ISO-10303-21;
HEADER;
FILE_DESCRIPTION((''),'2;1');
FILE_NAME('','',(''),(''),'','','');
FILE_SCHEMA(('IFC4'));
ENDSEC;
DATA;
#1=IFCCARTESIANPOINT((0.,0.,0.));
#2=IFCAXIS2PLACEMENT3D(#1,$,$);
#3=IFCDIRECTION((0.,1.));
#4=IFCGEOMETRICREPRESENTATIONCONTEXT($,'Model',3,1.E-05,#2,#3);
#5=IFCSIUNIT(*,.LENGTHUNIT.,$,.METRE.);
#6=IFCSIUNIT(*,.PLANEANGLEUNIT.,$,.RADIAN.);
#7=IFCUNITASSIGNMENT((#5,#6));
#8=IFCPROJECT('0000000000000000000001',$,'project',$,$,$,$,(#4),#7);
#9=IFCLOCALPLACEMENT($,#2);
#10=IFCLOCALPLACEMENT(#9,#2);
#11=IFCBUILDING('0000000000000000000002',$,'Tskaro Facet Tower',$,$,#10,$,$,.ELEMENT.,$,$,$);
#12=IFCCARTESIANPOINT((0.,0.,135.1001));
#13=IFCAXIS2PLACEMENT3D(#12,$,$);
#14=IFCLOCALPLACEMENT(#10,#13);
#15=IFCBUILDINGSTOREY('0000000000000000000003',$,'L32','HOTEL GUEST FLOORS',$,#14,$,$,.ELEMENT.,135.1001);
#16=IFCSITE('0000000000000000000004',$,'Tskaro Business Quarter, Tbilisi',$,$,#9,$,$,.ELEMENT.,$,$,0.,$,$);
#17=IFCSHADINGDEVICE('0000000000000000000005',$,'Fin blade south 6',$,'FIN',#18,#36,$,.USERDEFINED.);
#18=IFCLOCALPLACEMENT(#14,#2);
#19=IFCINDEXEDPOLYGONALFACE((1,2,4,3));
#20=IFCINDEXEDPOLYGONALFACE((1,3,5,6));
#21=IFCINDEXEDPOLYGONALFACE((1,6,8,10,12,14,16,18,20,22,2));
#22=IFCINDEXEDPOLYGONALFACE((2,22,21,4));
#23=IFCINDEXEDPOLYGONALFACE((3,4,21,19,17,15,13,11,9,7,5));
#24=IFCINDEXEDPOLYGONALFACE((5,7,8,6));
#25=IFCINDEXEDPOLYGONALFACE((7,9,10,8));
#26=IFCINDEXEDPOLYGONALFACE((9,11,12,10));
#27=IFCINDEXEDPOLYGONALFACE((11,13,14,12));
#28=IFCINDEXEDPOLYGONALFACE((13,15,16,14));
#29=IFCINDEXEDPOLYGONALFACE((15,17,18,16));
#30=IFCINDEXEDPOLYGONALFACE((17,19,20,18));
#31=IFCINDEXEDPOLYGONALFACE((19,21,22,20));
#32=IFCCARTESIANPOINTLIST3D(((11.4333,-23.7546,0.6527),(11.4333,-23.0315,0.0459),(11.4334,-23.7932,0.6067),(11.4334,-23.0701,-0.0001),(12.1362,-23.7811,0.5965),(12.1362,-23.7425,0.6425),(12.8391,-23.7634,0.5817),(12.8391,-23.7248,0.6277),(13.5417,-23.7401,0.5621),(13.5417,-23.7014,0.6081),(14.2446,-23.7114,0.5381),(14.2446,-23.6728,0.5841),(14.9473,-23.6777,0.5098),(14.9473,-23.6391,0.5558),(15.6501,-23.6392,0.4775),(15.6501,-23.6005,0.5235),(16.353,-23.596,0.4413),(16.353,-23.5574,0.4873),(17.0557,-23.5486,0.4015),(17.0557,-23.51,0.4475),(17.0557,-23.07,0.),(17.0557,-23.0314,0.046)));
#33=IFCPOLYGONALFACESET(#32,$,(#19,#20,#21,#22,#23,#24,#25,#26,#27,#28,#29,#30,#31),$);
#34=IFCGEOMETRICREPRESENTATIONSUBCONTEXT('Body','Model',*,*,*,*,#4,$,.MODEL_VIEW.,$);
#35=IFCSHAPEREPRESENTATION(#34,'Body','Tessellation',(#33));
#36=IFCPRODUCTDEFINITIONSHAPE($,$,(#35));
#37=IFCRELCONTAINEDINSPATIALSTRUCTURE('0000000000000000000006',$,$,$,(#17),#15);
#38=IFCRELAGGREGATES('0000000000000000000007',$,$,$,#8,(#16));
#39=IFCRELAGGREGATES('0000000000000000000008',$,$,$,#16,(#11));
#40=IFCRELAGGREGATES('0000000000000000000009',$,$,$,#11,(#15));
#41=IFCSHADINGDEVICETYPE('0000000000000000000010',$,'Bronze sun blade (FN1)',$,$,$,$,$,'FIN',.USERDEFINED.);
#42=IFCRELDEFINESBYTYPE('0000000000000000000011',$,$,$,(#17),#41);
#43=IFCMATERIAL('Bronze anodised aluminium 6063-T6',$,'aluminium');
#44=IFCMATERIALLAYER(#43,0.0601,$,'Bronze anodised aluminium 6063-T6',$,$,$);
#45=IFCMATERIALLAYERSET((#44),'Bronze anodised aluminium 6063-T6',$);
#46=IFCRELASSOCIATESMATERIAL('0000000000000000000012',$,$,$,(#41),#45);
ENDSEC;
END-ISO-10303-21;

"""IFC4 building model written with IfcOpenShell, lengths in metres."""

from ifc_helpers import new_model, si_unit, direction, frame, origin, place, context, subcontext, project, spatial, polyline, outline, extrude, material, layer, layer_set, type_object, element, save


model = new_model("IFC4")

# Units and contexts
model_context = context("Model", 3, precision=1e-05, world=origin(), true_north=direction((0.0, 1.0)))
body_context = subcontext(model_context, "Body", "Model", "MODEL_VIEW")
ifc_project = project(units=[si_unit("LENGTHUNIT", "METRE"), si_unit("PLANEANGLEUNIT", "RADIAN")], contexts=[model_context])

# Site, building, storey
site_placement = place(None, origin())
site = spatial("IfcSite", under=ifc_project, at=site_placement, Name="Tskaro Business Quarter, Tbilisi", CompositionType="ELEMENT", RefElevation=0.0)
building_placement = place(site_placement, origin())
building = spatial("IfcBuilding", under=site, at=building_placement, Name="Tskaro Facet Tower", CompositionType="ELEMENT")
storey_placement = place(building_placement, frame((0.0, 0.0, 135.1001)))
storey = spatial("IfcBuildingStorey", under=building, at=storey_placement, Name="L32", Description="HOTEL GUEST FLOORS", CompositionType="ELEMENT", Elevation=135.1001)

# Shared definitions
ifc_material_1 = material(Name="Bronze anodised aluminium 6063-T6", Category="aluminium")

# Shading device
ifc_layer_1 = layer(ifc_material_1, 0.0601, Name="Bronze anodised aluminium 6063-T6")
ifc_layer_set_1 = layer_set([ifc_layer_1], Name="Bronze anodised aluminium 6063-T6")
shading_device_type = type_object("IfcShadingDeviceType", Name="Bronze sun blade (FN1)", ElementType="FIN", PredefinedType="USERDEFINED", material=ifc_layer_set_1)
shading_device_1_placement = place(storey_placement, frame((11.4333, -23.0315, 0.0459), z_axis=(-0.000014, 0.642805, 0.76603), x_axis=(1.0, 0.000009, 0.000011)))
element("IfcShadingDevice", 1, at=shading_device_1_placement, inside=storey, type_object=shading_device_type, Name="Fin blade south 6", ObjectType="FIN", PredefinedType="USERDEFINED", context=body_context, shape_type="SweptSolid", body=[
    extrude(outline(polyline([(0.0, 0.0), (5.6223, 0.0), (5.6223, -0.6247), (4.9197, -0.6866), (4.2168, -0.7429), (3.5139, -0.7932), (2.8113, -0.8372), (2.1084, -0.8746), (1.4058, -0.9051), (0.7029, -0.9281), (0.0, -0.9439), (0.0, 0.0)])), origin(), (0.0, 0.0, -1.0), 0.0601),
])

save(model, "model.ifc")
